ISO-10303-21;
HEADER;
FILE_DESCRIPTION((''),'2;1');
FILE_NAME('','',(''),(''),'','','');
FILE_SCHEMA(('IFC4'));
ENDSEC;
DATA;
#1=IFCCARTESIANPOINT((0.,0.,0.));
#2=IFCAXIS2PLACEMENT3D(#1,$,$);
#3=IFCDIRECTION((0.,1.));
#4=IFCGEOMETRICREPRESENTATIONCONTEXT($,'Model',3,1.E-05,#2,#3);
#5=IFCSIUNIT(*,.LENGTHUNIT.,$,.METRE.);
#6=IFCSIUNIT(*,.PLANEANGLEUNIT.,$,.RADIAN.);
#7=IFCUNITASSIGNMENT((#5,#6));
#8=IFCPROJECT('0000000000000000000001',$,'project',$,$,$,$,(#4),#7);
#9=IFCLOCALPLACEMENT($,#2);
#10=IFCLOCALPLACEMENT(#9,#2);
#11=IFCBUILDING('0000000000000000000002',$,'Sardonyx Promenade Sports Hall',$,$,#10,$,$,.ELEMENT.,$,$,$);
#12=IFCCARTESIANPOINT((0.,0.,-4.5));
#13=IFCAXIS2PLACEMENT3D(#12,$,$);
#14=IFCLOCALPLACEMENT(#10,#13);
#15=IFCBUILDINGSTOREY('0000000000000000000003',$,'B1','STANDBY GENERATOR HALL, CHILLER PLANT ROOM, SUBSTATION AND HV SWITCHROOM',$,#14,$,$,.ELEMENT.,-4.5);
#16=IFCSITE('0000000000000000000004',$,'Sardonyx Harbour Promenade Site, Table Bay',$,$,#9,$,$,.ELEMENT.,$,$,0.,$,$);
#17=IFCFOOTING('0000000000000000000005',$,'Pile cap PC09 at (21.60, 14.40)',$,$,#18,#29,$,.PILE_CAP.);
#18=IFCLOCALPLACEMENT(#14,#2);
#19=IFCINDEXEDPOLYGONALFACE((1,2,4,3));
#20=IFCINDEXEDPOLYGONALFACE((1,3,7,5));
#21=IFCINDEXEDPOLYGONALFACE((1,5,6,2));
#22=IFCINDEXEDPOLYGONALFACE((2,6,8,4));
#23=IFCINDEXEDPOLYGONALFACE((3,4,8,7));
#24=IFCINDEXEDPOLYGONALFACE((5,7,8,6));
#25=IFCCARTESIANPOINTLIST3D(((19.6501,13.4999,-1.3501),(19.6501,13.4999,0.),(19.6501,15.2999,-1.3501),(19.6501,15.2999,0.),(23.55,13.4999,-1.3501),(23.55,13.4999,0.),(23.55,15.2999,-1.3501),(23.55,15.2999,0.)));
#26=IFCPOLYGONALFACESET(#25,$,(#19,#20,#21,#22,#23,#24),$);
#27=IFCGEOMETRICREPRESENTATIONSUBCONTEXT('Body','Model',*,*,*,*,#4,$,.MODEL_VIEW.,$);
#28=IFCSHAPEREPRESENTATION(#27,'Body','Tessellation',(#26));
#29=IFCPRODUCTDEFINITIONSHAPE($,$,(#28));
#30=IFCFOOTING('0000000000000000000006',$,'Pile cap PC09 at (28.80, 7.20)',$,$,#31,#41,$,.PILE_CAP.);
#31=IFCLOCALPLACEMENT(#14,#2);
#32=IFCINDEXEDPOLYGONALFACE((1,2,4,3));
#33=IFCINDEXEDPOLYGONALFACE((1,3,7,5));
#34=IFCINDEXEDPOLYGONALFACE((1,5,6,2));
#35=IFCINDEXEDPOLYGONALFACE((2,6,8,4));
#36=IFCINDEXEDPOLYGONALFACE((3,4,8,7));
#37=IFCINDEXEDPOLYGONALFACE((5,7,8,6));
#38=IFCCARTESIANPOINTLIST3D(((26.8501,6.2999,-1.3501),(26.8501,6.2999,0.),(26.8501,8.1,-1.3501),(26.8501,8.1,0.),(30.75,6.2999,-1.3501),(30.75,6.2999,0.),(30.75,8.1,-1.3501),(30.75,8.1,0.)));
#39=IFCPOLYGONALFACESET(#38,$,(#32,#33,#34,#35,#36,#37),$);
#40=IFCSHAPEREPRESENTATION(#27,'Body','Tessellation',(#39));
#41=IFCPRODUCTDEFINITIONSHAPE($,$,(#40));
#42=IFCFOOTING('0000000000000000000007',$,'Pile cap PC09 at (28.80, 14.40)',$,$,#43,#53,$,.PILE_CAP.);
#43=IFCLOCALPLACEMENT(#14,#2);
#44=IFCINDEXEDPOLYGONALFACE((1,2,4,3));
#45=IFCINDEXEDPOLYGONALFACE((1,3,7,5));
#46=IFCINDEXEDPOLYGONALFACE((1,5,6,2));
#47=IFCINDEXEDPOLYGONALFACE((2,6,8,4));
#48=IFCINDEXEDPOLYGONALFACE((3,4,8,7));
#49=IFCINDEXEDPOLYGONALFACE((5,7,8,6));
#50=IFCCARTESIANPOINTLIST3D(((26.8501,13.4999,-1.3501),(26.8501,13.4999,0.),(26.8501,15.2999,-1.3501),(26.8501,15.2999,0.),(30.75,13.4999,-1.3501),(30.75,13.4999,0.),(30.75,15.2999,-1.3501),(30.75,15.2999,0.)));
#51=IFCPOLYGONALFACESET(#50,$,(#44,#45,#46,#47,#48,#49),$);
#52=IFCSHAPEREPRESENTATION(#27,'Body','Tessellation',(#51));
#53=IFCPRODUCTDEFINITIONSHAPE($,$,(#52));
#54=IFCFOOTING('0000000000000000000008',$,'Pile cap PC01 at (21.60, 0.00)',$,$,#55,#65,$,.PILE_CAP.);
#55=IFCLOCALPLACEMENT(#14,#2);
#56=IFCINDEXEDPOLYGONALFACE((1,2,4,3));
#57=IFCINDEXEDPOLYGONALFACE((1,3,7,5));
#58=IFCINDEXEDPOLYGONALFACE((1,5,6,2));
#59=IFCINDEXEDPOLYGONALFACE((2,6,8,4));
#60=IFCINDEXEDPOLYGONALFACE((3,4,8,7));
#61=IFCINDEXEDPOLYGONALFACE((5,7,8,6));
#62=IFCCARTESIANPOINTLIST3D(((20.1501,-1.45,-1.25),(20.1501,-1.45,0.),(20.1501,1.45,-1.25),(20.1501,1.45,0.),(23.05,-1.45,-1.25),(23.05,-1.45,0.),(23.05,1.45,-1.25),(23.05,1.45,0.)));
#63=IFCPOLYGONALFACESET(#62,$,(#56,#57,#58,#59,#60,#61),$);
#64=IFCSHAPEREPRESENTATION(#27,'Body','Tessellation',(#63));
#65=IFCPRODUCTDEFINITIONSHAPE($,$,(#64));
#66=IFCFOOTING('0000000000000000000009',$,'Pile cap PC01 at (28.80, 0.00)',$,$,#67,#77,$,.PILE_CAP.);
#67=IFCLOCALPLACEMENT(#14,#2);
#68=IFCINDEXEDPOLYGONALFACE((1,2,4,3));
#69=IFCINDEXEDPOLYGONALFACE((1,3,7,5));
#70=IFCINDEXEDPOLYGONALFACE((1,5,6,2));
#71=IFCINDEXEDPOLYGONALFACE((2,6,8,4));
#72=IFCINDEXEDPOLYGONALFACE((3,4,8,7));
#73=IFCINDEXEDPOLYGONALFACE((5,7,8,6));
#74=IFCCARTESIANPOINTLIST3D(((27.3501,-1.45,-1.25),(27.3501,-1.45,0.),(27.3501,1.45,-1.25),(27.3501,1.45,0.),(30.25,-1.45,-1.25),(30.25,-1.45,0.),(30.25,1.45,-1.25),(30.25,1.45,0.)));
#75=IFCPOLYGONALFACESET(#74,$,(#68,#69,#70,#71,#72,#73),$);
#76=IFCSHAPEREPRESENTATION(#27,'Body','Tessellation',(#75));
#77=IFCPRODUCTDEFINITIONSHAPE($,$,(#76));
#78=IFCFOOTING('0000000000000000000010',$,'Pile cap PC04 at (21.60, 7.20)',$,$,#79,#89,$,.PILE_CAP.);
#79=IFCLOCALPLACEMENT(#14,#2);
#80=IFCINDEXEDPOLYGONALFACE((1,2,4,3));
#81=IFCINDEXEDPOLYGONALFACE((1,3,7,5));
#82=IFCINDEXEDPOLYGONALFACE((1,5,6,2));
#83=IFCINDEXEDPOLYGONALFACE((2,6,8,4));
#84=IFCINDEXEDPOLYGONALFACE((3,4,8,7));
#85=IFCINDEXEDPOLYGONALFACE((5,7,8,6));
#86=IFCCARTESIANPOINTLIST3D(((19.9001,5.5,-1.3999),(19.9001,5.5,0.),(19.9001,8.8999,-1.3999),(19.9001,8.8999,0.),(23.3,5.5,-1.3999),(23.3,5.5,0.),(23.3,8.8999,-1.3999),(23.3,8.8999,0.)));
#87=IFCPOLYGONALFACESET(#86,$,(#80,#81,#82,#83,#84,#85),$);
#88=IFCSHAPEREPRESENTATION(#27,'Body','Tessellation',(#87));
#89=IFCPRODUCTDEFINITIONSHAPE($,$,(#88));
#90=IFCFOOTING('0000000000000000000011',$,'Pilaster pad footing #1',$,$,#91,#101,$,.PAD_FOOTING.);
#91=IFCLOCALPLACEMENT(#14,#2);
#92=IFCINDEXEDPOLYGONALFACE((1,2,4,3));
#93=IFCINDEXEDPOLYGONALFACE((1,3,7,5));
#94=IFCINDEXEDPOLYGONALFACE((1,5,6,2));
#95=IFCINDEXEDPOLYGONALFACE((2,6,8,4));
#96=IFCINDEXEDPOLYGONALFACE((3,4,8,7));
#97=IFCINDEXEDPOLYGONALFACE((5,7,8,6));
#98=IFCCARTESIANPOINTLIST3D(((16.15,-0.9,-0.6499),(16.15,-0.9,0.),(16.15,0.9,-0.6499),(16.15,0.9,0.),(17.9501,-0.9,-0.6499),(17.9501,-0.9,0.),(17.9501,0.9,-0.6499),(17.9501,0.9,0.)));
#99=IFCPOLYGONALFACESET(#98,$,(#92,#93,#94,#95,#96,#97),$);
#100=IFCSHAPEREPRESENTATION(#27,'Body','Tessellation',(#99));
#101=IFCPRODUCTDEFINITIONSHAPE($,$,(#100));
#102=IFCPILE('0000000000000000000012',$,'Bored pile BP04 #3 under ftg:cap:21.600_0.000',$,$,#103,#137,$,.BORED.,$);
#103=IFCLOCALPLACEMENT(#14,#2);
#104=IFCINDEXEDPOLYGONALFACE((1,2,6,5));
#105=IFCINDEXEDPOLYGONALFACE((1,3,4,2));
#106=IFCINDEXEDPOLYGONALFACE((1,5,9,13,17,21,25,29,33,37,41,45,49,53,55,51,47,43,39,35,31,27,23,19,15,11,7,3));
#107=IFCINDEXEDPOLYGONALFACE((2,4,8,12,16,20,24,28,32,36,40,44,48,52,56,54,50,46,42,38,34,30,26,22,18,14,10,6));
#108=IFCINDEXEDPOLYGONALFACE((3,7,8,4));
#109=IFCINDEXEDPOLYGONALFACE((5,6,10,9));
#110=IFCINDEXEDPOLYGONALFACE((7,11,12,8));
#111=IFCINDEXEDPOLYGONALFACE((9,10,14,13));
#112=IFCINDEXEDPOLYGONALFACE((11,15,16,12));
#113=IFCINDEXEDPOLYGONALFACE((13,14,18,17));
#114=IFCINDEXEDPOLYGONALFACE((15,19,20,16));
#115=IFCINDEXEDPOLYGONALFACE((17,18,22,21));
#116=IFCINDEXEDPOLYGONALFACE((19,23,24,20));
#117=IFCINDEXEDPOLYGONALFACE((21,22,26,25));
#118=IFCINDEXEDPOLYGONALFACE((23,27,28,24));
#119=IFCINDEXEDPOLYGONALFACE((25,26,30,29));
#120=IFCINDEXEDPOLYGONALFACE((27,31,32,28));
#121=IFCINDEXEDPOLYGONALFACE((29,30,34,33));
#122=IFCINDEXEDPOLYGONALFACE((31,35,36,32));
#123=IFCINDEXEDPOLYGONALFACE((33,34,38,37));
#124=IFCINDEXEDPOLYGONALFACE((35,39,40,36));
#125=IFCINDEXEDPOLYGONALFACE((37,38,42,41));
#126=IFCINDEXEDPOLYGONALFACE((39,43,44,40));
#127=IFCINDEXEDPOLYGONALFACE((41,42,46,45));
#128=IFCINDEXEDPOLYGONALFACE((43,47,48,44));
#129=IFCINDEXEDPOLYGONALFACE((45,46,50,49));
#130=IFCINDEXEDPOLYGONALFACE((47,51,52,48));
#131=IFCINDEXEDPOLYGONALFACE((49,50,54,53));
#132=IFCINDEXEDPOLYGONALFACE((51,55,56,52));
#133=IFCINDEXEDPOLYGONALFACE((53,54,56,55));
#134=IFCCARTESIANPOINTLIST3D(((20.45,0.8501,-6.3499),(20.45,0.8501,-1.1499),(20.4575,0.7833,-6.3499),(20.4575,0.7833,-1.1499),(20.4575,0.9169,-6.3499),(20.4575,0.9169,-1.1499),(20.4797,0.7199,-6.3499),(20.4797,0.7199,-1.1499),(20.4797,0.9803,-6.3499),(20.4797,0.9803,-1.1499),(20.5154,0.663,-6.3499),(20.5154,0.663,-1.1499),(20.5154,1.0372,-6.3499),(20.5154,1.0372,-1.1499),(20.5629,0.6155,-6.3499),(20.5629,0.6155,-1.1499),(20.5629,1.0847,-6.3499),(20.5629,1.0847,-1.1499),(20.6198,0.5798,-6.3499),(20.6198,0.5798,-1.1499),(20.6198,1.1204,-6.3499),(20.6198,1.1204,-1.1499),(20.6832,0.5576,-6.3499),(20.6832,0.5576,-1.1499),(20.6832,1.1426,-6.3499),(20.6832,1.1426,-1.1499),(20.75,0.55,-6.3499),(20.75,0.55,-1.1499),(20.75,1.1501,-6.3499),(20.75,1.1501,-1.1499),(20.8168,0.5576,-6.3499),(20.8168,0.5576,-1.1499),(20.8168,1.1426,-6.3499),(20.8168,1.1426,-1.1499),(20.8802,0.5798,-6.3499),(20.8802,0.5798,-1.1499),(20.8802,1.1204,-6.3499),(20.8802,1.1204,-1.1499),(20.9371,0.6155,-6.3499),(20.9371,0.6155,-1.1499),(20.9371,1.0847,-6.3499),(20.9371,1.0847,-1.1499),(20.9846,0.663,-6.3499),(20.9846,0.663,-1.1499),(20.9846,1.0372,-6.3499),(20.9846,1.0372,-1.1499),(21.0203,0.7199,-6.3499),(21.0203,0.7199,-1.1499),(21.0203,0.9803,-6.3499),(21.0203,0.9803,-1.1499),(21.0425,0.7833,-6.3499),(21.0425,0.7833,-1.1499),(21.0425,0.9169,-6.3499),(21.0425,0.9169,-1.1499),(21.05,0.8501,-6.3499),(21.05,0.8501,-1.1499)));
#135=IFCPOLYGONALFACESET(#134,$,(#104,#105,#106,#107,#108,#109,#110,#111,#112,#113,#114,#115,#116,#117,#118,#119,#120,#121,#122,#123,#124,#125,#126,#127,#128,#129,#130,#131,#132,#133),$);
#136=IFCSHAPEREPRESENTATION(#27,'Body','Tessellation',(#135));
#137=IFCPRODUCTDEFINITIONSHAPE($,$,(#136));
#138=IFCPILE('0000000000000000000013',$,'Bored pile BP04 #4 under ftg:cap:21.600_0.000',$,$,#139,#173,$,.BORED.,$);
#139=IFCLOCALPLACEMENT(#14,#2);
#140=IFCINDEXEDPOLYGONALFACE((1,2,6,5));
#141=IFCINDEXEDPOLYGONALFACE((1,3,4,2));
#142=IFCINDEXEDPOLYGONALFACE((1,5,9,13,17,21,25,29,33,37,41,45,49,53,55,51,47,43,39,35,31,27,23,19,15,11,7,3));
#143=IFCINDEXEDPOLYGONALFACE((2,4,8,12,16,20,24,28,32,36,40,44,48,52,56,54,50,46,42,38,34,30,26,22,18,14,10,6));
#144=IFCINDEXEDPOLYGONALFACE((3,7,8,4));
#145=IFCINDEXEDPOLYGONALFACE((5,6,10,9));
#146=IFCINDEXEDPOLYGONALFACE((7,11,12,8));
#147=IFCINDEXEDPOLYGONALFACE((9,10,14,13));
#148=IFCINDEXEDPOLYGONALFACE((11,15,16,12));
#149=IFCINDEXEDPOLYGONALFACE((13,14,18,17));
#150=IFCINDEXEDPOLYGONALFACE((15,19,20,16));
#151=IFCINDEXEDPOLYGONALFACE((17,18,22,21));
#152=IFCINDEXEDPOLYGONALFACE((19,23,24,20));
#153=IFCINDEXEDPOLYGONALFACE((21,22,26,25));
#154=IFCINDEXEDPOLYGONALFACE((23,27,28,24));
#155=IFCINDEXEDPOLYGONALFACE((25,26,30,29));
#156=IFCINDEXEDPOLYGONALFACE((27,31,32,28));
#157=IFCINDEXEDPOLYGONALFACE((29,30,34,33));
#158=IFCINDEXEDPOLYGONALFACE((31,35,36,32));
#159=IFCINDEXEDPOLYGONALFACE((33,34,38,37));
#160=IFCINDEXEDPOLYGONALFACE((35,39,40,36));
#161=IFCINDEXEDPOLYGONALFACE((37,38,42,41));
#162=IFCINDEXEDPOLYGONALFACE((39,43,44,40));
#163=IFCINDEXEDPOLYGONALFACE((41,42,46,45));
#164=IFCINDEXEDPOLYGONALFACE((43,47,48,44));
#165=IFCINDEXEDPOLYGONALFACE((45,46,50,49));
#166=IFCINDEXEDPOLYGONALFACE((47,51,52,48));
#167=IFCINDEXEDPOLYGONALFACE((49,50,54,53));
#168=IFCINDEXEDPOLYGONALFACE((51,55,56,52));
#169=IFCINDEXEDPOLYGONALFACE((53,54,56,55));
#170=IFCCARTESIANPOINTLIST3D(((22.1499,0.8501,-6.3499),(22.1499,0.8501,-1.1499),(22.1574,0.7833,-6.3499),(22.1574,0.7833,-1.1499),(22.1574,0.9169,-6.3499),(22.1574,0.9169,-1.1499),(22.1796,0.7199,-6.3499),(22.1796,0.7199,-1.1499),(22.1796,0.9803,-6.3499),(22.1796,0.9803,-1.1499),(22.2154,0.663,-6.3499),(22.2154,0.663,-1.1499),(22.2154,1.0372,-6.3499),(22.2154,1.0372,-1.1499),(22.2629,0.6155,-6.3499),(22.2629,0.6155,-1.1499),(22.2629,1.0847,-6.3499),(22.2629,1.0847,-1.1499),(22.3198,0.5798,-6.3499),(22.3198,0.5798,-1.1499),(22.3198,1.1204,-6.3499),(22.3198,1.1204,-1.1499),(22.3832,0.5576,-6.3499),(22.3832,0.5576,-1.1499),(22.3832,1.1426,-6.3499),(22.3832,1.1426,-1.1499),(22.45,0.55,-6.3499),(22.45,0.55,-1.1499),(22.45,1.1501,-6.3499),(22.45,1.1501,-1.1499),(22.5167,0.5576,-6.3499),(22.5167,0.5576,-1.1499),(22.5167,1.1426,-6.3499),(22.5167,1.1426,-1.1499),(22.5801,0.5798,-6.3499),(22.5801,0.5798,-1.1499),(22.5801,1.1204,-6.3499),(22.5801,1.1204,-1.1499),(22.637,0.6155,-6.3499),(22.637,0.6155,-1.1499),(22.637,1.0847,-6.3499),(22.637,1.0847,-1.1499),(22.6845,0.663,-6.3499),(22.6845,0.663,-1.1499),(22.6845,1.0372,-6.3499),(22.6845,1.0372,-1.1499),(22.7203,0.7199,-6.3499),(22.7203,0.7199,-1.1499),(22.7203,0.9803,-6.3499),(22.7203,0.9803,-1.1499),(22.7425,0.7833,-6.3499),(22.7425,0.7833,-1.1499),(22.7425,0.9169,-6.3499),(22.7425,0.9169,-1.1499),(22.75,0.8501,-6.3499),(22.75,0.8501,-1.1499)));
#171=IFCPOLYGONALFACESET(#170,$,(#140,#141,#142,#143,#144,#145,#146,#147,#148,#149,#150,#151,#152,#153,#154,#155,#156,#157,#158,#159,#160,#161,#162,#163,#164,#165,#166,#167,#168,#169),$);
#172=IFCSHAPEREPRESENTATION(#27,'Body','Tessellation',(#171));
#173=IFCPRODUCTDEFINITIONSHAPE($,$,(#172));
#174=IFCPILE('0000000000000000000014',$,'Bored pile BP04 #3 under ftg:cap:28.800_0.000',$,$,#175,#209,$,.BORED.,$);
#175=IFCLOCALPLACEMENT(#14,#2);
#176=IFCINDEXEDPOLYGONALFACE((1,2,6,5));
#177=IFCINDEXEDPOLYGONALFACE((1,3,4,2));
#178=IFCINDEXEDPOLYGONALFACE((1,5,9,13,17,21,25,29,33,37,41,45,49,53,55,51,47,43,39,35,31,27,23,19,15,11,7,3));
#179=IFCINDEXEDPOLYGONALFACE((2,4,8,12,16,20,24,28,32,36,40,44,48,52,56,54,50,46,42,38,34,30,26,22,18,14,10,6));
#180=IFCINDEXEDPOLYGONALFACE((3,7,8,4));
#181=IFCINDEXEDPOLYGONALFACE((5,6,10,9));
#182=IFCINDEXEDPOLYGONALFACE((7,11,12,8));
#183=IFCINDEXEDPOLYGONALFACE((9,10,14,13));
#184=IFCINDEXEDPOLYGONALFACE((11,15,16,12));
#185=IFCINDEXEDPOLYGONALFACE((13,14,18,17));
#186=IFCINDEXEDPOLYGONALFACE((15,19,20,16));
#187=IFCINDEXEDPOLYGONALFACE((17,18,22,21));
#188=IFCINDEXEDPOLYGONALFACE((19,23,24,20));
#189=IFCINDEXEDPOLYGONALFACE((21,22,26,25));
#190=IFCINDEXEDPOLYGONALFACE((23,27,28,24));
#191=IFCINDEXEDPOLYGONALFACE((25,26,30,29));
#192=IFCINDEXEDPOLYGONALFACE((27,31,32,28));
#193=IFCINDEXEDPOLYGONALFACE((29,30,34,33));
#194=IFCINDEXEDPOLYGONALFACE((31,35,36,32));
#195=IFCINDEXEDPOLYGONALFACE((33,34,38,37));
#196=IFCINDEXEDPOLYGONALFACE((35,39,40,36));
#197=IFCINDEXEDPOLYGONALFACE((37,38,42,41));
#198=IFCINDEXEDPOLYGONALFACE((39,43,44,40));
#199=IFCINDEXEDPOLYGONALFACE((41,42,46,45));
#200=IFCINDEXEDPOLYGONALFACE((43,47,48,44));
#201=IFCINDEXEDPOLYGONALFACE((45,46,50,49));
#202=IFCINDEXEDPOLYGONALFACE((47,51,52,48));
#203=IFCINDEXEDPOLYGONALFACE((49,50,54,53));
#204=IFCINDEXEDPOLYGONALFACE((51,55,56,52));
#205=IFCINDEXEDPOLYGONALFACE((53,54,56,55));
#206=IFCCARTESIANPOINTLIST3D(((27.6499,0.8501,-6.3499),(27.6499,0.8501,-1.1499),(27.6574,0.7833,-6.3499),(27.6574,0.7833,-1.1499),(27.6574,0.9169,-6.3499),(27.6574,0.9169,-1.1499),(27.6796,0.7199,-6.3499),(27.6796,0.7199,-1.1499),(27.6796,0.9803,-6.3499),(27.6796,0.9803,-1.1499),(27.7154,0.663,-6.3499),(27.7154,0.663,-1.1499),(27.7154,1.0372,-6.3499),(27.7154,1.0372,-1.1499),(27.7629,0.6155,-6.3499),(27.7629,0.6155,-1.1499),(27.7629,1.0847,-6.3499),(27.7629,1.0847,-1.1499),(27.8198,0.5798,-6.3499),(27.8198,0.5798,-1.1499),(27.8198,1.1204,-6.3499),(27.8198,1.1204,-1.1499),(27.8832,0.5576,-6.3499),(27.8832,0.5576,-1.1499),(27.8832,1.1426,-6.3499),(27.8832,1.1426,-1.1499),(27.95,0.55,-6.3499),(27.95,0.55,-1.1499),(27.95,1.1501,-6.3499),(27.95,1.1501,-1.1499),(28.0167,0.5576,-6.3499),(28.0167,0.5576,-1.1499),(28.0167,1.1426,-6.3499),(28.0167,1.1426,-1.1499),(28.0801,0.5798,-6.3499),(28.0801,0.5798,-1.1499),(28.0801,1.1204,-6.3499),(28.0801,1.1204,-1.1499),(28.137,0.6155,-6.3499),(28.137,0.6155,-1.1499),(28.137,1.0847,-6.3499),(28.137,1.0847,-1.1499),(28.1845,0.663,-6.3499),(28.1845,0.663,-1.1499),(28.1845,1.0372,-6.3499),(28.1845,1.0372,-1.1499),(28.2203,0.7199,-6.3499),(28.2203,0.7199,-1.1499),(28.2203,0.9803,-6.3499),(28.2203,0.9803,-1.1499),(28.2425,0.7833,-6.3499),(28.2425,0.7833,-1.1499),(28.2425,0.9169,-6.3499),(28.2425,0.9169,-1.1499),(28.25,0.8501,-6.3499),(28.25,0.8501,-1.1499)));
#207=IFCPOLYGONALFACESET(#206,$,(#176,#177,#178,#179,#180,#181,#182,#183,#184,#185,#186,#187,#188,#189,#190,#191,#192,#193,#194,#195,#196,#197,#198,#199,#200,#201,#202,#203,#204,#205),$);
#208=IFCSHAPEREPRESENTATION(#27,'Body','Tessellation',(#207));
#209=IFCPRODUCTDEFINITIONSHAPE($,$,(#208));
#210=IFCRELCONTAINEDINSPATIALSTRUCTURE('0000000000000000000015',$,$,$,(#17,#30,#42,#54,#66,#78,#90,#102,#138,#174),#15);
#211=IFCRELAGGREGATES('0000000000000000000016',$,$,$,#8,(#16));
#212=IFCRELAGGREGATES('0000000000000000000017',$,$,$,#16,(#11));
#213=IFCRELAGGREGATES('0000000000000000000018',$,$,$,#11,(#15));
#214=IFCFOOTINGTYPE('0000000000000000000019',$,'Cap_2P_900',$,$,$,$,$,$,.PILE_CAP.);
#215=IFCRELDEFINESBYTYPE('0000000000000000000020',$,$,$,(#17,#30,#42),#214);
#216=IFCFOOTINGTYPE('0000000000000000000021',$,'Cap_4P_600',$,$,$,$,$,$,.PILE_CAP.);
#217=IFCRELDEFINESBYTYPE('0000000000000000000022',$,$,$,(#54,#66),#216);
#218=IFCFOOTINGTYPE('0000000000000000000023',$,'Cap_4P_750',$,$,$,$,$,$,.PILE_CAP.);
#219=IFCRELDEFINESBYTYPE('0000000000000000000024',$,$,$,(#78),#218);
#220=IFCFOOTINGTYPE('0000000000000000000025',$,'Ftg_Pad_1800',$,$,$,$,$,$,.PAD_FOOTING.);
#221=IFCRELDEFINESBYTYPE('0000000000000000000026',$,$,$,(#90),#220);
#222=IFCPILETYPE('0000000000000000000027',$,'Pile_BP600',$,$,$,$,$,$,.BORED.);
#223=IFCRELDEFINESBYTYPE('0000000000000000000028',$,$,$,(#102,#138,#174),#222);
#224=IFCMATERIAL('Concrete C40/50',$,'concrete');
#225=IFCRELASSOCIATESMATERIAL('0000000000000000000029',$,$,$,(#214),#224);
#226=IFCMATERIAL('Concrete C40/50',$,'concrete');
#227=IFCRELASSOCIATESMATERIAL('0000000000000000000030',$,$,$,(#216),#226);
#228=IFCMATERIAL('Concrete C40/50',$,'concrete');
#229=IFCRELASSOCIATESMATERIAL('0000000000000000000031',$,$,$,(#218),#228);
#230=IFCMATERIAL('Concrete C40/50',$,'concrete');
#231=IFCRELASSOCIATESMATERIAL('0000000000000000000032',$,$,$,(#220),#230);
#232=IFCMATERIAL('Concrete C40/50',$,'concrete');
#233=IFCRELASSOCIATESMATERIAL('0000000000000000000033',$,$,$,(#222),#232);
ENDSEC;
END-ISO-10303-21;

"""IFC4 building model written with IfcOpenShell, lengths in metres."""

from ifc_helpers import new_model, si_unit, direction, frame, origin, origin_2d, place, context, subcontext, project, spatial, rectangle, circle, extrude, material, material_profile, profile_set, type_object, element, save


model = new_model("IFC4")

# Units and contexts
model_context = context("Model", 3, precision=1e-05, world=origin(), true_north=direction((0.0, 1.0)))
body_context = subcontext(model_context, "Body", "Model", "MODEL_VIEW")
ifc_project = project(units=[si_unit("LENGTHUNIT", "METRE"), si_unit("PLANEANGLEUNIT", "RADIAN")], contexts=[model_context])

# Site, building, storey
site_placement = place(None, origin())
site = spatial("IfcSite", under=ifc_project, at=site_placement, Name="Sardonyx Harbour Promenade Site, Table Bay", CompositionType="ELEMENT", RefElevation=0.0)
building_placement = place(site_placement, origin())
building = spatial("IfcBuilding", under=site, at=building_placement, Name="Sardonyx Promenade Sports Hall", CompositionType="ELEMENT")
storey_placement = place(building_placement, frame((0.0, 0.0, -4.5)))
storey = spatial("IfcBuildingStorey", under=building, at=storey_placement, Name="B1", Description="STANDBY GENERATOR HALL, CHILLER PLANT ROOM, SUBSTATION AND HV SWITCHROOM", CompositionType="ELEMENT", Elevation=-4.5)

# Footings
ifc_material_1 = material(Name="Concrete C40/50", Category="concrete")
footing_type_1 = type_object("IfcFootingType", Name="Cap_2P_900", PredefinedType="PILE_CAP", material=ifc_material_1)
for number, where, z_axis, x_axis, name in (
    (1, (21.6001, 14.3999, -1.3501), (0.0, 0.0, 1.0), (1.0, 0.0, 0.0), "Pile cap PC09 at (21.60, 14.40)"),
    (2, (28.8, 7.2, -1.3501), (0.0, 0.0, 1.0), (1.0, 0.0, 0.0), "Pile cap PC09 at (28.80, 7.20)"),
    (3, (28.8, 14.3999, -1.3501), (0.0, 0.0, 1.0), (1.0, 0.0, 0.0), "Pile cap PC09 at (28.80, 14.40)"),
):
    element("IfcFooting", number, at=place(storey_placement, frame(where, z_axis=z_axis, x_axis=x_axis)), inside=storey, type_object=footing_type_1, Name=name, PredefinedType="PILE_CAP", context=body_context, shape_type="SweptSolid", body=[
        extrude(rectangle(XDim=3.8999, YDim=1.8, at=origin_2d()), origin(), (0.0, 0.0, 1.0), 1.3501),
    ])
ifc_material_2 = material(Name="Concrete C40/50", Category="concrete")
footing_type_2 = type_object("IfcFootingType", Name="Cap_4P_600", PredefinedType="PILE_CAP", material=ifc_material_2)
for number, where, z_axis, x_axis, name in (
    (4, (21.6001, 0.0, -1.25), (0.0, 0.0, 1.0), (1.0, 0.0, 0.0), "Pile cap PC01 at (21.60, 0.00)"),
    (5, (28.8, 0.0, -1.25), (0.0, 0.0, 1.0), (1.0, 0.0, 0.0), "Pile cap PC01 at (28.80, 0.00)"),
):
    element("IfcFooting", number, at=place(storey_placement, frame(where, z_axis=z_axis, x_axis=x_axis)), inside=storey, type_object=footing_type_2, Name=name, PredefinedType="PILE_CAP", context=body_context, shape_type="SweptSolid", body=[
        extrude(rectangle(XDim=2.8999, YDim=2.8999, at=origin_2d()), origin(), (0.0, 0.0, 1.0), 1.25),
    ])
ifc_material_3 = material(Name="Concrete C40/50", Category="concrete")
footing_type_3 = type_object("IfcFootingType", Name="Cap_4P_750", PredefinedType="PILE_CAP", material=ifc_material_3)
footing_1_placement = place(storey_placement, frame((21.6001, 7.2, -1.3999), z_axis=(0.0, 0.0, 1.0), x_axis=(1.0, 0.0, 0.0)))
element("IfcFooting", 6, at=footing_1_placement, inside=storey, type_object=footing_type_3, Name="Pile cap PC04 at (21.60, 7.20)", PredefinedType="PILE_CAP", context=body_context, shape_type="SweptSolid", body=[
    extrude(rectangle(XDim=3.3999, YDim=3.3999, at=origin_2d()), origin(), (0.0, 0.0, 1.0), 1.3999),
])
ifc_material_4 = material(Name="Concrete C40/50", Category="concrete")
footing_type_4 = type_object("IfcFootingType", Name="Ftg_Pad_1800", PredefinedType="PAD_FOOTING", material=ifc_material_4)
footing_2_placement = place(storey_placement, frame((17.05, 0.0, -0.6499), z_axis=(0.0, 0.0, 1.0), x_axis=(1.0, 0.0, 0.0)))
element("IfcFooting", 7, at=footing_2_placement, inside=storey, type_object=footing_type_4, Name="Pilaster pad footing #1", PredefinedType="PAD_FOOTING", context=body_context, shape_type="SweptSolid", body=[
    extrude(rectangle(XDim=1.8, YDim=1.8, at=origin_2d()), origin(), (0.0, 0.0, 1.0), 0.6499),
])

# Piles
ifc_material_5 = material(Name="Concrete C40/50", Category="concrete")
ifc_material_profile_1 = material_profile(ifc_material_5, circle(Radius=0.3, at=origin_2d()))
ifc_profile_set_1 = profile_set([ifc_material_profile_1], Name="Concrete C40/50")
pile_type_1 = type_object("IfcPileType", Name="Pile_BP600", PredefinedType="BORED", material=ifc_profile_set_1)
for number, where, z_axis, x_axis, name in (
    (8, (20.75, 0.8501, -1.1499), (0.0, 0.0, -1.0), (1.0, 0.0, 0.0), "Bored pile BP04 #3 under ftg:cap:21.600_0.000"),
    (9, (22.45, 0.8501, -1.1499), (0.0, 0.0, -1.0), (1.0, 0.0, 0.0), "Bored pile BP04 #4 under ftg:cap:21.600_0.000"),
    (10, (27.95, 0.8501, -1.1499), (0.0, 0.0, -1.0), (1.0, 0.0, 0.0), "Bored pile BP04 #3 under ftg:cap:28.800_0.000"),
):
    element("IfcPile", number, at=place(storey_placement, frame(where, z_axis=z_axis, x_axis=x_axis)), inside=storey, type_object=pile_type_1, Name=name, PredefinedType="BORED", context=body_context, shape_type="SweptSolid", body=[
        extrude(circle(Radius=0.3, at=origin_2d()), origin(), (0.0, 0.0, 1.0), 5.2),
    ])

save(model, "model.ifc")
